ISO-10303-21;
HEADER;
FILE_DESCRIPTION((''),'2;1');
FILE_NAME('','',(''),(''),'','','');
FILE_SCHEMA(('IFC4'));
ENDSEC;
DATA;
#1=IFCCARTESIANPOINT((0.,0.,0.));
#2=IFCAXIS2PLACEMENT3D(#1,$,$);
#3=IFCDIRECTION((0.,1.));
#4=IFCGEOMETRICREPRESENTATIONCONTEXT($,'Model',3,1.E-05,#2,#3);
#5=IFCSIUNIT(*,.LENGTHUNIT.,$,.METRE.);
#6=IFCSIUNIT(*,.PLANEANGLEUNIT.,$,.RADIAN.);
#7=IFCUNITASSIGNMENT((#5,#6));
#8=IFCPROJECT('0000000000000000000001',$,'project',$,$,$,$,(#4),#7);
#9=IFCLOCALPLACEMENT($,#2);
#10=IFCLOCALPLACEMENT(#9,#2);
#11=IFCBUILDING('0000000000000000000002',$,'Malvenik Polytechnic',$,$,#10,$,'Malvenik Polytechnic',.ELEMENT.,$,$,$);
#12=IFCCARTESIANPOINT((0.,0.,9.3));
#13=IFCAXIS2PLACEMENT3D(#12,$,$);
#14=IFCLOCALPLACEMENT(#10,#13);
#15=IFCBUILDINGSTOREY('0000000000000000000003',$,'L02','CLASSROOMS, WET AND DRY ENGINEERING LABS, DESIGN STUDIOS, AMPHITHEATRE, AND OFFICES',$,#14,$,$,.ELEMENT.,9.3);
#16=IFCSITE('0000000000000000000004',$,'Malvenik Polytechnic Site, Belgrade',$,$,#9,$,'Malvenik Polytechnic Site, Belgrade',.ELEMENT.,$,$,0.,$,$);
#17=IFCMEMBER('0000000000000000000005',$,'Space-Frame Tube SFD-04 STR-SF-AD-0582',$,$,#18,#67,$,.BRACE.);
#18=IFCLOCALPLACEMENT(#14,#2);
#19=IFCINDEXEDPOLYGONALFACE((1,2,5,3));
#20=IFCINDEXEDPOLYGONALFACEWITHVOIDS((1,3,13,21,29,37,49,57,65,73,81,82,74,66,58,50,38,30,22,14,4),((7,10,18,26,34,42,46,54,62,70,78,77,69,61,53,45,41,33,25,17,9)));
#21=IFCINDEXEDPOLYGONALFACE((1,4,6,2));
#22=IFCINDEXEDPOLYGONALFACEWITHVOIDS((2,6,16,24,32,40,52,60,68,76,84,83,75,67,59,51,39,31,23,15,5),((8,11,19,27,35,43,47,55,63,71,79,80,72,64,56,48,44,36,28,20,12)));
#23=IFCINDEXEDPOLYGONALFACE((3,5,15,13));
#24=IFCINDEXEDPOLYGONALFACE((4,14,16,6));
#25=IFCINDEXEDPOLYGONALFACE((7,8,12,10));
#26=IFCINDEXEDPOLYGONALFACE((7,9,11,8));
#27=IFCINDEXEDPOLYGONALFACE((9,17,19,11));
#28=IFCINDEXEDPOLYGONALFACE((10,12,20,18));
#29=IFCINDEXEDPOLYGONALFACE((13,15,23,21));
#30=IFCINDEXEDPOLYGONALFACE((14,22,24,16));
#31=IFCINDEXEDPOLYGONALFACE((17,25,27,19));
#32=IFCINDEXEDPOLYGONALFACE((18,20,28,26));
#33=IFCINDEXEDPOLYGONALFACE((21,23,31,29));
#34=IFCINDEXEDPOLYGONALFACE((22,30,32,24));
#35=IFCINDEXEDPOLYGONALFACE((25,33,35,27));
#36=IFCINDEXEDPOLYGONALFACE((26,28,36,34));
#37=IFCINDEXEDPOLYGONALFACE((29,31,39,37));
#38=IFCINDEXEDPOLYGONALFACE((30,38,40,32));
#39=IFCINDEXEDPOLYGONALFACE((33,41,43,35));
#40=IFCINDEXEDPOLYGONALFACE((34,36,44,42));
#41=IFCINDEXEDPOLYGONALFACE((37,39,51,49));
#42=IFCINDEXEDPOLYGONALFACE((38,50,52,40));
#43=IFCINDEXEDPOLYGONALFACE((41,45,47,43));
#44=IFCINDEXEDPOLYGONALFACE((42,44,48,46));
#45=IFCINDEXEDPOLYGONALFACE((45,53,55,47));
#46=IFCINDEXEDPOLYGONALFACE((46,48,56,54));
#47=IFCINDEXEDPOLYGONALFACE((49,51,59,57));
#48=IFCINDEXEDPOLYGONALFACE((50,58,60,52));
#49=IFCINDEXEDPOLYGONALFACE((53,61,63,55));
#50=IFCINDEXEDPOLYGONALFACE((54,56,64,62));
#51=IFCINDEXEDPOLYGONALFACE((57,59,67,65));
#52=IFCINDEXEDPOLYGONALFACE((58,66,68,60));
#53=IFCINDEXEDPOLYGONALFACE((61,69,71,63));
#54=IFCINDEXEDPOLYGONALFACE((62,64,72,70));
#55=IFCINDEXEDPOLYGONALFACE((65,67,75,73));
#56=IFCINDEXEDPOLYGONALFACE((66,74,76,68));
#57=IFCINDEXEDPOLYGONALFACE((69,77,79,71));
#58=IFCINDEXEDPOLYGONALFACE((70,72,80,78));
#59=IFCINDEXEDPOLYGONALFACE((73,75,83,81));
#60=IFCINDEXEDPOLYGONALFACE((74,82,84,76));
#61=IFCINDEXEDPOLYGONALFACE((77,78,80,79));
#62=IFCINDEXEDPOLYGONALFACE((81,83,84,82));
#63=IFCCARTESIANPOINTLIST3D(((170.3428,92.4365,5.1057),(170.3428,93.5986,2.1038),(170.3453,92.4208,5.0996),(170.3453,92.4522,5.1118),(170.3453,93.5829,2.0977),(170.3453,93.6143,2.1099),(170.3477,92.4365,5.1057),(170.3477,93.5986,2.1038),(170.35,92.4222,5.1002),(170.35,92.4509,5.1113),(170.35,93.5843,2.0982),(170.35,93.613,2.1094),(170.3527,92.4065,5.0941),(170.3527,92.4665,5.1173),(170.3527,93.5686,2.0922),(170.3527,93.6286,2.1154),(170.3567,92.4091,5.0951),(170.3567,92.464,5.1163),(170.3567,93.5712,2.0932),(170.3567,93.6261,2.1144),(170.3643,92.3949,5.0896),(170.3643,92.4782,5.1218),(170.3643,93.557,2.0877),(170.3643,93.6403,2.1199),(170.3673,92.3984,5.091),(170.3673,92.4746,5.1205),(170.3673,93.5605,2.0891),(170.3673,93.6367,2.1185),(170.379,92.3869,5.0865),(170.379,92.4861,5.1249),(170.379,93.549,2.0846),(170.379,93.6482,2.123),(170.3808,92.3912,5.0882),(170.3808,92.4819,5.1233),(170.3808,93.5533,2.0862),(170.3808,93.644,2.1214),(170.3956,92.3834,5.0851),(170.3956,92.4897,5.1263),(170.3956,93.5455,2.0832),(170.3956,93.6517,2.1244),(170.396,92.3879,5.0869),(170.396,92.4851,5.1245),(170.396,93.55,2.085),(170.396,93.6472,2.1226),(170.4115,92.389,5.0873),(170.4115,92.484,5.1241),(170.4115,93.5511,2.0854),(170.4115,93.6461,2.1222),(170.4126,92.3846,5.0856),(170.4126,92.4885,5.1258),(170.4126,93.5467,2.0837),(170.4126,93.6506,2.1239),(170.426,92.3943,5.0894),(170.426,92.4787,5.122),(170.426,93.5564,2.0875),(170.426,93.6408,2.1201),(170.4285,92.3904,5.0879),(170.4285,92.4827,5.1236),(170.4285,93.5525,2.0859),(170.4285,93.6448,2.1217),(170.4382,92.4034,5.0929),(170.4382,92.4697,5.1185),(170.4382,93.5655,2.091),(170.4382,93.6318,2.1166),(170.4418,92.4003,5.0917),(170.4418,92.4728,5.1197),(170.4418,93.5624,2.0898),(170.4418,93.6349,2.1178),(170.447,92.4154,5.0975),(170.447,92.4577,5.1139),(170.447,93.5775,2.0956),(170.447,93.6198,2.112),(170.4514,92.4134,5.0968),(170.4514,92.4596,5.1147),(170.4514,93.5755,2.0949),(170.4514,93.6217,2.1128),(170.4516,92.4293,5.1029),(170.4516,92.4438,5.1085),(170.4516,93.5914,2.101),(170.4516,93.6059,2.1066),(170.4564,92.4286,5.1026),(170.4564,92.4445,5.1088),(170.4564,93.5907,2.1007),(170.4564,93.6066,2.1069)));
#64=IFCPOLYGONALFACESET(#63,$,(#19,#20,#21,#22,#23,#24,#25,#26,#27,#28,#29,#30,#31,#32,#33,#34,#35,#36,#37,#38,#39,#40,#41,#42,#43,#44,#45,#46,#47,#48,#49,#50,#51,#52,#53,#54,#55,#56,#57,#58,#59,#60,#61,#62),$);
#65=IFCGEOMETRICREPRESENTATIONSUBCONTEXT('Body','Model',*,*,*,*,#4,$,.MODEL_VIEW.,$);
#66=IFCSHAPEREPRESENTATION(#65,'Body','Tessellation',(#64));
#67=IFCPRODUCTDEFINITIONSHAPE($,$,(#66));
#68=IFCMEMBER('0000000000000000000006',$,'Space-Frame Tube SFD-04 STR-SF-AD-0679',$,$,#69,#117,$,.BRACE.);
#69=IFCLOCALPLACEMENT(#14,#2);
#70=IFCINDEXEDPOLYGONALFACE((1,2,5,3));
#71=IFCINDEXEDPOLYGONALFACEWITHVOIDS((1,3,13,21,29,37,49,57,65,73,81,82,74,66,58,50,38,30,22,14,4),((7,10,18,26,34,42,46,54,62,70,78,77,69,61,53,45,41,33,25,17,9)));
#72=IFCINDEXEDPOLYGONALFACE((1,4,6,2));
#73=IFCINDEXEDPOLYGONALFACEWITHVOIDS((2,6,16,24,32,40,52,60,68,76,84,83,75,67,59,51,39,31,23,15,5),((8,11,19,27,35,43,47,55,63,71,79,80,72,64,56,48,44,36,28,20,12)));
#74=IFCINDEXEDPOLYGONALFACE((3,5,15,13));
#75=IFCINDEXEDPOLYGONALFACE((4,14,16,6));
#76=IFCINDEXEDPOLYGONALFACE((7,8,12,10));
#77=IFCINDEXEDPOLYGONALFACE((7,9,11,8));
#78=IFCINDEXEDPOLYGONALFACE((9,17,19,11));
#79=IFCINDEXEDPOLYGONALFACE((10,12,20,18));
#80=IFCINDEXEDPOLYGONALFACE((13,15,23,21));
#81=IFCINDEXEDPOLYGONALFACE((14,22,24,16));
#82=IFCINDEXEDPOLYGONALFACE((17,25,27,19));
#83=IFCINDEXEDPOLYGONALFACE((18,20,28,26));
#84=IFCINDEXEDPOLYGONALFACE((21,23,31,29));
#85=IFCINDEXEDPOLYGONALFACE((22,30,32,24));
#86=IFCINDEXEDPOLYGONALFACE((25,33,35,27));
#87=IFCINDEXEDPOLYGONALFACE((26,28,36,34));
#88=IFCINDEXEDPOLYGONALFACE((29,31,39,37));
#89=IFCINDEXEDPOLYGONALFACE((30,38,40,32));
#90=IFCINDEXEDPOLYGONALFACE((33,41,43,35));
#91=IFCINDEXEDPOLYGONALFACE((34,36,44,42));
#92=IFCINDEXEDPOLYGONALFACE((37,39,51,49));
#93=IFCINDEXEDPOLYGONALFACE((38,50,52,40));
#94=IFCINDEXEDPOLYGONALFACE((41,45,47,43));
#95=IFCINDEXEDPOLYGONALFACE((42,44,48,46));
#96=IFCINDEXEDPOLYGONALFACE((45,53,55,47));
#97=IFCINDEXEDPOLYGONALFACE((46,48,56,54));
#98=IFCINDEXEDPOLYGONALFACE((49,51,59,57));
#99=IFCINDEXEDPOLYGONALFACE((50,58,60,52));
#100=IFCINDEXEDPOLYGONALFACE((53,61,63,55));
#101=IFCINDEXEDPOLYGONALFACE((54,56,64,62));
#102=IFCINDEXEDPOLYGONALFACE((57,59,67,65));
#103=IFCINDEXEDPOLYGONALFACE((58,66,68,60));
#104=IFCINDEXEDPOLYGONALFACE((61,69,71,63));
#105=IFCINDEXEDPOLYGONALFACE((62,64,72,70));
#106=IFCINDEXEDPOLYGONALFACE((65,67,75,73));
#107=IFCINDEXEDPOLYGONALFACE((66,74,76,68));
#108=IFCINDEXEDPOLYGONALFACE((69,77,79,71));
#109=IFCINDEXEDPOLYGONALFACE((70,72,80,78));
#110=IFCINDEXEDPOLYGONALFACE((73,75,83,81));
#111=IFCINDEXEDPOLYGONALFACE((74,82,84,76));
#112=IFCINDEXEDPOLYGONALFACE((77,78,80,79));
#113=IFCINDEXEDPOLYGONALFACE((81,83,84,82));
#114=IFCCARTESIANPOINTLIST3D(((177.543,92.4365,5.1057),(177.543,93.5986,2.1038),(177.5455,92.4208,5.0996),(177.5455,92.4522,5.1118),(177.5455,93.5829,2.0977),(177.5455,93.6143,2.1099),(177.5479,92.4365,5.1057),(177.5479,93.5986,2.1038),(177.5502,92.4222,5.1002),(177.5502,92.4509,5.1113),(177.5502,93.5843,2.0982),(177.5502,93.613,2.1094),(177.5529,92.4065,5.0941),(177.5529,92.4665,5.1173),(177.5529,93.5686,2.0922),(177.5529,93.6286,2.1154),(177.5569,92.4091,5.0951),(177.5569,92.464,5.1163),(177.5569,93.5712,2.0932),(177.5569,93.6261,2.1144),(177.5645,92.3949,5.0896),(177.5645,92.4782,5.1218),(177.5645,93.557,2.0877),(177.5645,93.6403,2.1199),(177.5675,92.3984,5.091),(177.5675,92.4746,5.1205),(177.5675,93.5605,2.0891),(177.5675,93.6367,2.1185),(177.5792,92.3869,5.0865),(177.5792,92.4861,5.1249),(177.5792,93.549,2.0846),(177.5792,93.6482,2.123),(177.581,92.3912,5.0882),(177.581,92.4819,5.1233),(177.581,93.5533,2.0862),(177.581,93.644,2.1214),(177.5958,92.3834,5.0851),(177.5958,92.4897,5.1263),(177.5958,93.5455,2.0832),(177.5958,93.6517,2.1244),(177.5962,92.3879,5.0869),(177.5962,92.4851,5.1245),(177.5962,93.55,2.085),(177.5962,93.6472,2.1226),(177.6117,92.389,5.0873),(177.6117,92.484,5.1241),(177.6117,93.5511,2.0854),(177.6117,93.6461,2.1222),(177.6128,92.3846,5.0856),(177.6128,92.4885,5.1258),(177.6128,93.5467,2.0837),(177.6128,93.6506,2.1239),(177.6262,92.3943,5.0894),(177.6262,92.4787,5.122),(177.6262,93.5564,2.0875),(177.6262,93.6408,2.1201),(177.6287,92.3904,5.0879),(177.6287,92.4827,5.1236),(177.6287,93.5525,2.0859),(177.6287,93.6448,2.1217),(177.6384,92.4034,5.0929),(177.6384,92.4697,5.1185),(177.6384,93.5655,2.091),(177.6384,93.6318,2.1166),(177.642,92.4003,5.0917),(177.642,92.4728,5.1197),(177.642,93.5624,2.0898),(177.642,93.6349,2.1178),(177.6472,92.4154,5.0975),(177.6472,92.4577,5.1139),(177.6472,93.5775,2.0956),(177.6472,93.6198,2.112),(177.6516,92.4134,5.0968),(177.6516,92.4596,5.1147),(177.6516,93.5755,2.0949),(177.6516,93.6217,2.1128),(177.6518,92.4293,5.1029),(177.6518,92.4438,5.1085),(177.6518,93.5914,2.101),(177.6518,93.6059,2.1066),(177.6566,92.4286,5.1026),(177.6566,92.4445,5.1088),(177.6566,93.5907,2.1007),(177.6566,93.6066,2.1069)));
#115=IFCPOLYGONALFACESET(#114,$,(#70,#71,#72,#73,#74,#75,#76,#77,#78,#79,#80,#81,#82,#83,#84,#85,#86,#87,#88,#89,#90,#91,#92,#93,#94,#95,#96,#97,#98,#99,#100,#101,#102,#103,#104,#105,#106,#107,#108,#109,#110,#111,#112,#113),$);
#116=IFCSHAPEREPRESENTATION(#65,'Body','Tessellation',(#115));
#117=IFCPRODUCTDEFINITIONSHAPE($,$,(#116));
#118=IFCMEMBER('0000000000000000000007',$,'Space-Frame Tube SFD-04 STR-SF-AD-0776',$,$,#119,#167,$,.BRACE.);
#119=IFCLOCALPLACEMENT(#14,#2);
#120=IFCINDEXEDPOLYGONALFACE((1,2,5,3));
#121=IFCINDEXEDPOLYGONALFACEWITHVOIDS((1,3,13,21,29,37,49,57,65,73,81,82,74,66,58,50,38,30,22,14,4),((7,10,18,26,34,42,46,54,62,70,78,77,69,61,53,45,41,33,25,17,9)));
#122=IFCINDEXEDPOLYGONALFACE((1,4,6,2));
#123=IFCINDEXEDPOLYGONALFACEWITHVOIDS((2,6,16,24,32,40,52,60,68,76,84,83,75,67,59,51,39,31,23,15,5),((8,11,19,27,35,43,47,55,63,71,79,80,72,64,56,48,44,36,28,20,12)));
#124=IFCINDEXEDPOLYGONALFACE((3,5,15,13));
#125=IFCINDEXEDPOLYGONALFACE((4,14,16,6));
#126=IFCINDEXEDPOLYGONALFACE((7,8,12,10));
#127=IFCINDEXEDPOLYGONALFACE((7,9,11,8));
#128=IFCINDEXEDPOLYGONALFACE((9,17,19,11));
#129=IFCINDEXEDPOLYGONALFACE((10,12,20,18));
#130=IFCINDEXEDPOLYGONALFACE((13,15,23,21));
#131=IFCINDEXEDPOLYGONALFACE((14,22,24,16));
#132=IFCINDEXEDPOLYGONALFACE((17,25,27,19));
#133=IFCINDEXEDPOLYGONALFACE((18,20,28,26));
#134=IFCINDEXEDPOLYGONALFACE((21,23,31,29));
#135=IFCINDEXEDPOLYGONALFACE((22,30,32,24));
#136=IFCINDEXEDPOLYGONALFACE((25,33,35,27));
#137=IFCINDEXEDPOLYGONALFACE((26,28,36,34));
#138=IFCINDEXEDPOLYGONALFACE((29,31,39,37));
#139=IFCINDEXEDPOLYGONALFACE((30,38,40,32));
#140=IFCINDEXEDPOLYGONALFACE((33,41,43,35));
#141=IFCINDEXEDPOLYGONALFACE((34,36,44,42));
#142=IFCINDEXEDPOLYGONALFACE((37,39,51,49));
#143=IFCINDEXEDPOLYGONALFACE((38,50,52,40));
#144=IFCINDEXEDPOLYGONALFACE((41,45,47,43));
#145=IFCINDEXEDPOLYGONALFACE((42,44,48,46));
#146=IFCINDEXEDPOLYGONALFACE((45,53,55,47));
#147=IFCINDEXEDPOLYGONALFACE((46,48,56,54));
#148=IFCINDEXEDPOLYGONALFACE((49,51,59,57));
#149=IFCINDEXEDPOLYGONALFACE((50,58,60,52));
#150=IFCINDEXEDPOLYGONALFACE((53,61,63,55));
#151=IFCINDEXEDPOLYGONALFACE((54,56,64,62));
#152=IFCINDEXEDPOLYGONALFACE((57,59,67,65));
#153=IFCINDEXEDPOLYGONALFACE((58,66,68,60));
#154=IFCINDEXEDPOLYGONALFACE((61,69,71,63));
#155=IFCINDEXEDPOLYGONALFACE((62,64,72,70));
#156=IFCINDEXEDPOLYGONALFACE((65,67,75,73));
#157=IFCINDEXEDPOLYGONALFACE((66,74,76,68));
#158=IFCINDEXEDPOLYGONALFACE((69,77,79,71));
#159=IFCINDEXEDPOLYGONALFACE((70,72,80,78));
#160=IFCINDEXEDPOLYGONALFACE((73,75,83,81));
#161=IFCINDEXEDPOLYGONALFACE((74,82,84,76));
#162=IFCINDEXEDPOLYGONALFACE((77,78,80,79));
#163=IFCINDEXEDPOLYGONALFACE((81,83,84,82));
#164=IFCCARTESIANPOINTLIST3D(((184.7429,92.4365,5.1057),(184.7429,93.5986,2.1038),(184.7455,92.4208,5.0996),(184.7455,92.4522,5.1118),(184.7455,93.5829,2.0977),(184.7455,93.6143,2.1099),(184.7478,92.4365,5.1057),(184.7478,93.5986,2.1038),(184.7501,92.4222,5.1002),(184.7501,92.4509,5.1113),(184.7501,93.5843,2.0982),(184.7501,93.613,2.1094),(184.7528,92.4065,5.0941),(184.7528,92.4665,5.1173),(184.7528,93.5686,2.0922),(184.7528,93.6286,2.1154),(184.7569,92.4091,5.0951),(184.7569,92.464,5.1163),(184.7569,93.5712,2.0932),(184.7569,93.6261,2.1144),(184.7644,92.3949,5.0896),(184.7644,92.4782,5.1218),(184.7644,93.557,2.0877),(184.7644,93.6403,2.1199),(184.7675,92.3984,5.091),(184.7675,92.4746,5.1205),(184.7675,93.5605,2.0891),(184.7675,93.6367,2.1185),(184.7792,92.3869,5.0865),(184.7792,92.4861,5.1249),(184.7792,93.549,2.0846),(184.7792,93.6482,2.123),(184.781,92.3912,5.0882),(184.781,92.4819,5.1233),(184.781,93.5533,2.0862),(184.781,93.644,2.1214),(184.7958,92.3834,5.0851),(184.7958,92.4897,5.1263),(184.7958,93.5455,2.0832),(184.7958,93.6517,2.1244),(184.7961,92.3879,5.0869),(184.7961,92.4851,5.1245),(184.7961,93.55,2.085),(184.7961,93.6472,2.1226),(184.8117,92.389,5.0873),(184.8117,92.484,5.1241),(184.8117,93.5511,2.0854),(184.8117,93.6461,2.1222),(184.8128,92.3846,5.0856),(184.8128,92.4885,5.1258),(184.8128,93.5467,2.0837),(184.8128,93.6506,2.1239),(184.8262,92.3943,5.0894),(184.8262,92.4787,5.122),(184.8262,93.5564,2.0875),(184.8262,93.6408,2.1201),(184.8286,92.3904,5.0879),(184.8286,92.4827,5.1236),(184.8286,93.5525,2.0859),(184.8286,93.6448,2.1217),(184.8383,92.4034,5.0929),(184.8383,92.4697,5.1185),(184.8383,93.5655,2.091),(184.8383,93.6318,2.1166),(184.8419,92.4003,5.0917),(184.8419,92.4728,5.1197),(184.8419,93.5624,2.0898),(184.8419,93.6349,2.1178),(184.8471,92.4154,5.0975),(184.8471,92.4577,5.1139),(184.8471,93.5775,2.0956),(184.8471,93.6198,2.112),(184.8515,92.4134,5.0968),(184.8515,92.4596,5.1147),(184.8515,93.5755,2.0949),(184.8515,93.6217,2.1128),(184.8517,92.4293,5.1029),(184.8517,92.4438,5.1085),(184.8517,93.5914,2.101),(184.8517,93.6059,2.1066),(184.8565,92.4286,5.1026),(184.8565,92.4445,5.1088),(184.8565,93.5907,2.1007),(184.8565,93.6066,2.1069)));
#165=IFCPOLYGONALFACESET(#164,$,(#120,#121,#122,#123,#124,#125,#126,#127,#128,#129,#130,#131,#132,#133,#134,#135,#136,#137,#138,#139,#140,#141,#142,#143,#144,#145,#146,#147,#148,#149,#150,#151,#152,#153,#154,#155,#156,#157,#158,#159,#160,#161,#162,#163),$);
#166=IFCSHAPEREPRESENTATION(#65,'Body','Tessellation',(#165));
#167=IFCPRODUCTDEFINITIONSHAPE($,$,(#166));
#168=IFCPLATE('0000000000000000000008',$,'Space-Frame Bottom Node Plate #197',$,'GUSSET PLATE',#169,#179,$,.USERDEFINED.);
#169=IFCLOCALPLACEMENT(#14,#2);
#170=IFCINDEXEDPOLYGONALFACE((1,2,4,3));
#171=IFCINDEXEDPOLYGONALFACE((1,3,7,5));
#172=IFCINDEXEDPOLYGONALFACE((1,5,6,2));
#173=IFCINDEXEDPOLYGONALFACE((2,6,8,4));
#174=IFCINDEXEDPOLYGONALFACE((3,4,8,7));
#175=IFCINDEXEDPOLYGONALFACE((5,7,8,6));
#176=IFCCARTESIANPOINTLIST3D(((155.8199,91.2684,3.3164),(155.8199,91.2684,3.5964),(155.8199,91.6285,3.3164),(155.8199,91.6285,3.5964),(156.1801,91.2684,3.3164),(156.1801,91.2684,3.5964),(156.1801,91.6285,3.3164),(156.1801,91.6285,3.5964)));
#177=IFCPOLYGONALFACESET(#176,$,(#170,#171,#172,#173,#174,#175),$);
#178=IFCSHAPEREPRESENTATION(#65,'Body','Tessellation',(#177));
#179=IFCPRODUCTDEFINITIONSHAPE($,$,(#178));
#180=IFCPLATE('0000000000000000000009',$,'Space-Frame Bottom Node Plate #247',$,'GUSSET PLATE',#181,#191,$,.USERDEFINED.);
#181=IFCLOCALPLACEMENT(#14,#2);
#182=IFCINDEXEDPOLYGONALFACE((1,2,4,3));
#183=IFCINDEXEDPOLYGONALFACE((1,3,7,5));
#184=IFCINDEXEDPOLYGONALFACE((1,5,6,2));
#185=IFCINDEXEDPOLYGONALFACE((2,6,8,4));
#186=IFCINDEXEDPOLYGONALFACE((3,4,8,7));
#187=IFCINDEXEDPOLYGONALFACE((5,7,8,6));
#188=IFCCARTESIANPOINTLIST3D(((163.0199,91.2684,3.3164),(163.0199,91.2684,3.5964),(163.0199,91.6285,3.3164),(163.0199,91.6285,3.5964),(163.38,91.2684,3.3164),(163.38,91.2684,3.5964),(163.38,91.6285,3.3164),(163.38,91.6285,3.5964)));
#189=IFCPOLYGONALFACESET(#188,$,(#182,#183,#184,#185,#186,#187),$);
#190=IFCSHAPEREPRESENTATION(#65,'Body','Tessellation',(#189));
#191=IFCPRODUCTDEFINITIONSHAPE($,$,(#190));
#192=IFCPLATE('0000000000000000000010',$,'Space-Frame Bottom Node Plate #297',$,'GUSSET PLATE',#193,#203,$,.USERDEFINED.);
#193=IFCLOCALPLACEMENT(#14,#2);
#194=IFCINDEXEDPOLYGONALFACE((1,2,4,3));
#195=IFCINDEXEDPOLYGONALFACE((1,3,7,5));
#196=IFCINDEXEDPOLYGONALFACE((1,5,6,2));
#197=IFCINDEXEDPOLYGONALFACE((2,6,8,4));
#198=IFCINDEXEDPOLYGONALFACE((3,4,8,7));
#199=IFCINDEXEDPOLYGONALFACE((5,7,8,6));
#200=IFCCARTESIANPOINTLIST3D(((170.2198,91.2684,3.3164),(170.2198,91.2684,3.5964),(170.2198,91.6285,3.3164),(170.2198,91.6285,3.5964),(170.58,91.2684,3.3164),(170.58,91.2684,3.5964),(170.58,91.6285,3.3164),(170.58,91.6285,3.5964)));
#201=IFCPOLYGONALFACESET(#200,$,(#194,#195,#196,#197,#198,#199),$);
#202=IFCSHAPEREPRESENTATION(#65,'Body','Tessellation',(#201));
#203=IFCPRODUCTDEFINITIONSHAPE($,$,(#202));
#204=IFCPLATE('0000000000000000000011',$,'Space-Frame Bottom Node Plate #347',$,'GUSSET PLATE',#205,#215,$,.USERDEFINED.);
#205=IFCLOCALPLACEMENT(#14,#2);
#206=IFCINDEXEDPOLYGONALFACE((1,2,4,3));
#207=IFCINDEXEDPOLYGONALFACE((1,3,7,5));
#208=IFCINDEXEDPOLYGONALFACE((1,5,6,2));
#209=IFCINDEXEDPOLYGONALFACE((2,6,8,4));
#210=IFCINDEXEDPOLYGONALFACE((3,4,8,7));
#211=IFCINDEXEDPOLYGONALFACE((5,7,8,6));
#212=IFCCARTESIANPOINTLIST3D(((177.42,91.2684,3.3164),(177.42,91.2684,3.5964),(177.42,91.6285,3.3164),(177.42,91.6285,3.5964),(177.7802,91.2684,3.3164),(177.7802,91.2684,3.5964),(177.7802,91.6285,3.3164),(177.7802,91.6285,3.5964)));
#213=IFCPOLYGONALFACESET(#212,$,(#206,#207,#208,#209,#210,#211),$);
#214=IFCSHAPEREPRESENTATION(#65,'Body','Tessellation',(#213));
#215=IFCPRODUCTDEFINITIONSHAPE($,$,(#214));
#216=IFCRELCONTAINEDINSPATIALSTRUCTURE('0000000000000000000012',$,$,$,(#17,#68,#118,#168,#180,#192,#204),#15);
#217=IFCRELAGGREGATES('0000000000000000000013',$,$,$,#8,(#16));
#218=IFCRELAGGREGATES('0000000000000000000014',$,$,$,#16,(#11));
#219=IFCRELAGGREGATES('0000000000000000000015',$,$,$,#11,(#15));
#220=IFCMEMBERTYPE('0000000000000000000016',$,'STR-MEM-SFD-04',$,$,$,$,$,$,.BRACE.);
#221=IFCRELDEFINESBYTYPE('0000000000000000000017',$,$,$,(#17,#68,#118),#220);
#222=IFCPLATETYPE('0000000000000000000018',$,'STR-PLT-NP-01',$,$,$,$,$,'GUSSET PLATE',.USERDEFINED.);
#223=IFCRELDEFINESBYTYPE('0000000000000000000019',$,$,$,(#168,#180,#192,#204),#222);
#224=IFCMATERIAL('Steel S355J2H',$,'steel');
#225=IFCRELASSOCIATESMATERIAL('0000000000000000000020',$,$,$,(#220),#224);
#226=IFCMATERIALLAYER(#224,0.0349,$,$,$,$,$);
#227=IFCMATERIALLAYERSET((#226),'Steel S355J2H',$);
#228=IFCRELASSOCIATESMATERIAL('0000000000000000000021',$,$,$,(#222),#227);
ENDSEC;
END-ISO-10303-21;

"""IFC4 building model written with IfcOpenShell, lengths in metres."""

from ifc_helpers import new_model, si_unit, direction, frame, origin, origin_2d, place, context, subcontext, project, spatial, rectangle, hollow_circle, extrude, material, layer, layer_set, material_profile, profile_set, type_object, element, save


model = new_model("IFC4")

# Units and contexts
model_context = context("Model", 3, precision=1e-05, world=origin(), true_north=direction((0.0, 1.0)))
body_context = subcontext(model_context, "Body", "Model", "MODEL_VIEW")
ifc_project = project(units=[si_unit("LENGTHUNIT", "METRE"), si_unit("PLANEANGLEUNIT", "RADIAN")], contexts=[model_context])

# Site, building, storey
site_placement = place(None, origin())
site = spatial("IfcSite", under=ifc_project, at=site_placement, Name="Malvenik Polytechnic Site, Belgrade", LongName="Malvenik Polytechnic Site, Belgrade", CompositionType="ELEMENT", RefElevation=0.0)
building_placement = place(site_placement, origin())
building = spatial("IfcBuilding", under=site, at=building_placement, Name="Malvenik Polytechnic", LongName="Malvenik Polytechnic", CompositionType="ELEMENT")
storey_placement = place(building_placement, frame((0.0, 0.0, 9.3)))
storey = spatial("IfcBuildingStorey", under=building, at=storey_placement, Name="L02", Description="CLASSROOMS, WET AND DRY ENGINEERING LABS, DESIGN STUDIOS, AMPHITHEATRE, AND OFFICES", CompositionType="ELEMENT", Elevation=9.3)

# Members
ifc_material = material(Name="Steel S355J2H", Category="steel")
ifc_material_profile_1 = material_profile(ifc_material, hollow_circle(Radius=0.0571, WallThickness=0.0049, at=origin_2d()), Name="CHS 114.3x5.0")
ifc_profile_set_1 = profile_set([ifc_material_profile_1], Name="Steel S355J2H")
member_type_1 = type_object("IfcMemberType", Name="STR-MEM-SFD-04", PredefinedType="BRACE", material=ifc_profile_set_1)
for number, where, z_axis, x_axis, name in (
    (1, (170.3999, 92.4365, 5.1057), (0.0, 0.361011, -0.932562), (-1.0, 0.0, 0.0), "Space-Frame Tube SFD-04 STR-SF-AD-0582"),
    (2, (177.6001, 92.4365, 5.1057), (0.0, 0.361011, -0.932562), (-1.0, 0.0, 0.0), "Space-Frame Tube SFD-04 STR-SF-AD-0679"),
    (3, (184.8, 92.4365, 5.1057), (0.0, 0.361011, -0.932562), (-1.0, 0.0, 0.0), "Space-Frame Tube SFD-04 STR-SF-AD-0776"),
):
    element("IfcMember", number, at=place(storey_placement, frame(where, z_axis=z_axis, x_axis=x_axis)), inside=storey, type_object=member_type_1, Name=name, PredefinedType="BRACE", context=body_context, shape_type="SweptSolid", body=[
        extrude(hollow_circle(Radius=0.0571, WallThickness=0.0049, at=origin_2d()), origin(), (0.0, 0.0, 1.0), 3.219),
    ])

# Plates
ifc_layer = layer(ifc_material, 0.0349)
ifc_layer_set = layer_set([ifc_layer], Name="Steel S355J2H")
plate_type = type_object("IfcPlateType", Name="STR-PLT-NP-01", ElementType="GUSSET PLATE", PredefinedType="USERDEFINED", material=ifc_layer_set)
for number, where, z_axis, x_axis, name in (
    (4, (156.0, 91.4485, 3.3164), (0.0, 0.0, 1.0), (1.0, 0.0, 0.0), "Space-Frame Bottom Node Plate #197"),
    (5, (163.2, 91.4485, 3.3164), (0.0, 0.0, 1.0), (1.0, 0.0, 0.0), "Space-Frame Bottom Node Plate #247"),
    (6, (170.3999, 91.4485, 3.3164), (0.0, 0.0, 1.0), (1.0, 0.0, 0.0), "Space-Frame Bottom Node Plate #297"),
    (7, (177.6001, 91.4485, 3.3164), (0.0, 0.0, 1.0), (1.0, 0.0, 0.0), "Space-Frame Bottom Node Plate #347"),
):
    element("IfcPlate", number, at=place(storey_placement, frame(where, z_axis=z_axis, x_axis=x_axis)), inside=storey, type_object=plate_type, Name=name, ObjectType="GUSSET PLATE", PredefinedType="USERDEFINED", context=body_context, shape_type="SweptSolid", body=[
        extrude(rectangle(XDim=0.3601, YDim=0.3601, at=origin_2d()), origin(), (0.0, 0.0, 1.0), 0.28),
    ])

save(model, "model.ifc")
